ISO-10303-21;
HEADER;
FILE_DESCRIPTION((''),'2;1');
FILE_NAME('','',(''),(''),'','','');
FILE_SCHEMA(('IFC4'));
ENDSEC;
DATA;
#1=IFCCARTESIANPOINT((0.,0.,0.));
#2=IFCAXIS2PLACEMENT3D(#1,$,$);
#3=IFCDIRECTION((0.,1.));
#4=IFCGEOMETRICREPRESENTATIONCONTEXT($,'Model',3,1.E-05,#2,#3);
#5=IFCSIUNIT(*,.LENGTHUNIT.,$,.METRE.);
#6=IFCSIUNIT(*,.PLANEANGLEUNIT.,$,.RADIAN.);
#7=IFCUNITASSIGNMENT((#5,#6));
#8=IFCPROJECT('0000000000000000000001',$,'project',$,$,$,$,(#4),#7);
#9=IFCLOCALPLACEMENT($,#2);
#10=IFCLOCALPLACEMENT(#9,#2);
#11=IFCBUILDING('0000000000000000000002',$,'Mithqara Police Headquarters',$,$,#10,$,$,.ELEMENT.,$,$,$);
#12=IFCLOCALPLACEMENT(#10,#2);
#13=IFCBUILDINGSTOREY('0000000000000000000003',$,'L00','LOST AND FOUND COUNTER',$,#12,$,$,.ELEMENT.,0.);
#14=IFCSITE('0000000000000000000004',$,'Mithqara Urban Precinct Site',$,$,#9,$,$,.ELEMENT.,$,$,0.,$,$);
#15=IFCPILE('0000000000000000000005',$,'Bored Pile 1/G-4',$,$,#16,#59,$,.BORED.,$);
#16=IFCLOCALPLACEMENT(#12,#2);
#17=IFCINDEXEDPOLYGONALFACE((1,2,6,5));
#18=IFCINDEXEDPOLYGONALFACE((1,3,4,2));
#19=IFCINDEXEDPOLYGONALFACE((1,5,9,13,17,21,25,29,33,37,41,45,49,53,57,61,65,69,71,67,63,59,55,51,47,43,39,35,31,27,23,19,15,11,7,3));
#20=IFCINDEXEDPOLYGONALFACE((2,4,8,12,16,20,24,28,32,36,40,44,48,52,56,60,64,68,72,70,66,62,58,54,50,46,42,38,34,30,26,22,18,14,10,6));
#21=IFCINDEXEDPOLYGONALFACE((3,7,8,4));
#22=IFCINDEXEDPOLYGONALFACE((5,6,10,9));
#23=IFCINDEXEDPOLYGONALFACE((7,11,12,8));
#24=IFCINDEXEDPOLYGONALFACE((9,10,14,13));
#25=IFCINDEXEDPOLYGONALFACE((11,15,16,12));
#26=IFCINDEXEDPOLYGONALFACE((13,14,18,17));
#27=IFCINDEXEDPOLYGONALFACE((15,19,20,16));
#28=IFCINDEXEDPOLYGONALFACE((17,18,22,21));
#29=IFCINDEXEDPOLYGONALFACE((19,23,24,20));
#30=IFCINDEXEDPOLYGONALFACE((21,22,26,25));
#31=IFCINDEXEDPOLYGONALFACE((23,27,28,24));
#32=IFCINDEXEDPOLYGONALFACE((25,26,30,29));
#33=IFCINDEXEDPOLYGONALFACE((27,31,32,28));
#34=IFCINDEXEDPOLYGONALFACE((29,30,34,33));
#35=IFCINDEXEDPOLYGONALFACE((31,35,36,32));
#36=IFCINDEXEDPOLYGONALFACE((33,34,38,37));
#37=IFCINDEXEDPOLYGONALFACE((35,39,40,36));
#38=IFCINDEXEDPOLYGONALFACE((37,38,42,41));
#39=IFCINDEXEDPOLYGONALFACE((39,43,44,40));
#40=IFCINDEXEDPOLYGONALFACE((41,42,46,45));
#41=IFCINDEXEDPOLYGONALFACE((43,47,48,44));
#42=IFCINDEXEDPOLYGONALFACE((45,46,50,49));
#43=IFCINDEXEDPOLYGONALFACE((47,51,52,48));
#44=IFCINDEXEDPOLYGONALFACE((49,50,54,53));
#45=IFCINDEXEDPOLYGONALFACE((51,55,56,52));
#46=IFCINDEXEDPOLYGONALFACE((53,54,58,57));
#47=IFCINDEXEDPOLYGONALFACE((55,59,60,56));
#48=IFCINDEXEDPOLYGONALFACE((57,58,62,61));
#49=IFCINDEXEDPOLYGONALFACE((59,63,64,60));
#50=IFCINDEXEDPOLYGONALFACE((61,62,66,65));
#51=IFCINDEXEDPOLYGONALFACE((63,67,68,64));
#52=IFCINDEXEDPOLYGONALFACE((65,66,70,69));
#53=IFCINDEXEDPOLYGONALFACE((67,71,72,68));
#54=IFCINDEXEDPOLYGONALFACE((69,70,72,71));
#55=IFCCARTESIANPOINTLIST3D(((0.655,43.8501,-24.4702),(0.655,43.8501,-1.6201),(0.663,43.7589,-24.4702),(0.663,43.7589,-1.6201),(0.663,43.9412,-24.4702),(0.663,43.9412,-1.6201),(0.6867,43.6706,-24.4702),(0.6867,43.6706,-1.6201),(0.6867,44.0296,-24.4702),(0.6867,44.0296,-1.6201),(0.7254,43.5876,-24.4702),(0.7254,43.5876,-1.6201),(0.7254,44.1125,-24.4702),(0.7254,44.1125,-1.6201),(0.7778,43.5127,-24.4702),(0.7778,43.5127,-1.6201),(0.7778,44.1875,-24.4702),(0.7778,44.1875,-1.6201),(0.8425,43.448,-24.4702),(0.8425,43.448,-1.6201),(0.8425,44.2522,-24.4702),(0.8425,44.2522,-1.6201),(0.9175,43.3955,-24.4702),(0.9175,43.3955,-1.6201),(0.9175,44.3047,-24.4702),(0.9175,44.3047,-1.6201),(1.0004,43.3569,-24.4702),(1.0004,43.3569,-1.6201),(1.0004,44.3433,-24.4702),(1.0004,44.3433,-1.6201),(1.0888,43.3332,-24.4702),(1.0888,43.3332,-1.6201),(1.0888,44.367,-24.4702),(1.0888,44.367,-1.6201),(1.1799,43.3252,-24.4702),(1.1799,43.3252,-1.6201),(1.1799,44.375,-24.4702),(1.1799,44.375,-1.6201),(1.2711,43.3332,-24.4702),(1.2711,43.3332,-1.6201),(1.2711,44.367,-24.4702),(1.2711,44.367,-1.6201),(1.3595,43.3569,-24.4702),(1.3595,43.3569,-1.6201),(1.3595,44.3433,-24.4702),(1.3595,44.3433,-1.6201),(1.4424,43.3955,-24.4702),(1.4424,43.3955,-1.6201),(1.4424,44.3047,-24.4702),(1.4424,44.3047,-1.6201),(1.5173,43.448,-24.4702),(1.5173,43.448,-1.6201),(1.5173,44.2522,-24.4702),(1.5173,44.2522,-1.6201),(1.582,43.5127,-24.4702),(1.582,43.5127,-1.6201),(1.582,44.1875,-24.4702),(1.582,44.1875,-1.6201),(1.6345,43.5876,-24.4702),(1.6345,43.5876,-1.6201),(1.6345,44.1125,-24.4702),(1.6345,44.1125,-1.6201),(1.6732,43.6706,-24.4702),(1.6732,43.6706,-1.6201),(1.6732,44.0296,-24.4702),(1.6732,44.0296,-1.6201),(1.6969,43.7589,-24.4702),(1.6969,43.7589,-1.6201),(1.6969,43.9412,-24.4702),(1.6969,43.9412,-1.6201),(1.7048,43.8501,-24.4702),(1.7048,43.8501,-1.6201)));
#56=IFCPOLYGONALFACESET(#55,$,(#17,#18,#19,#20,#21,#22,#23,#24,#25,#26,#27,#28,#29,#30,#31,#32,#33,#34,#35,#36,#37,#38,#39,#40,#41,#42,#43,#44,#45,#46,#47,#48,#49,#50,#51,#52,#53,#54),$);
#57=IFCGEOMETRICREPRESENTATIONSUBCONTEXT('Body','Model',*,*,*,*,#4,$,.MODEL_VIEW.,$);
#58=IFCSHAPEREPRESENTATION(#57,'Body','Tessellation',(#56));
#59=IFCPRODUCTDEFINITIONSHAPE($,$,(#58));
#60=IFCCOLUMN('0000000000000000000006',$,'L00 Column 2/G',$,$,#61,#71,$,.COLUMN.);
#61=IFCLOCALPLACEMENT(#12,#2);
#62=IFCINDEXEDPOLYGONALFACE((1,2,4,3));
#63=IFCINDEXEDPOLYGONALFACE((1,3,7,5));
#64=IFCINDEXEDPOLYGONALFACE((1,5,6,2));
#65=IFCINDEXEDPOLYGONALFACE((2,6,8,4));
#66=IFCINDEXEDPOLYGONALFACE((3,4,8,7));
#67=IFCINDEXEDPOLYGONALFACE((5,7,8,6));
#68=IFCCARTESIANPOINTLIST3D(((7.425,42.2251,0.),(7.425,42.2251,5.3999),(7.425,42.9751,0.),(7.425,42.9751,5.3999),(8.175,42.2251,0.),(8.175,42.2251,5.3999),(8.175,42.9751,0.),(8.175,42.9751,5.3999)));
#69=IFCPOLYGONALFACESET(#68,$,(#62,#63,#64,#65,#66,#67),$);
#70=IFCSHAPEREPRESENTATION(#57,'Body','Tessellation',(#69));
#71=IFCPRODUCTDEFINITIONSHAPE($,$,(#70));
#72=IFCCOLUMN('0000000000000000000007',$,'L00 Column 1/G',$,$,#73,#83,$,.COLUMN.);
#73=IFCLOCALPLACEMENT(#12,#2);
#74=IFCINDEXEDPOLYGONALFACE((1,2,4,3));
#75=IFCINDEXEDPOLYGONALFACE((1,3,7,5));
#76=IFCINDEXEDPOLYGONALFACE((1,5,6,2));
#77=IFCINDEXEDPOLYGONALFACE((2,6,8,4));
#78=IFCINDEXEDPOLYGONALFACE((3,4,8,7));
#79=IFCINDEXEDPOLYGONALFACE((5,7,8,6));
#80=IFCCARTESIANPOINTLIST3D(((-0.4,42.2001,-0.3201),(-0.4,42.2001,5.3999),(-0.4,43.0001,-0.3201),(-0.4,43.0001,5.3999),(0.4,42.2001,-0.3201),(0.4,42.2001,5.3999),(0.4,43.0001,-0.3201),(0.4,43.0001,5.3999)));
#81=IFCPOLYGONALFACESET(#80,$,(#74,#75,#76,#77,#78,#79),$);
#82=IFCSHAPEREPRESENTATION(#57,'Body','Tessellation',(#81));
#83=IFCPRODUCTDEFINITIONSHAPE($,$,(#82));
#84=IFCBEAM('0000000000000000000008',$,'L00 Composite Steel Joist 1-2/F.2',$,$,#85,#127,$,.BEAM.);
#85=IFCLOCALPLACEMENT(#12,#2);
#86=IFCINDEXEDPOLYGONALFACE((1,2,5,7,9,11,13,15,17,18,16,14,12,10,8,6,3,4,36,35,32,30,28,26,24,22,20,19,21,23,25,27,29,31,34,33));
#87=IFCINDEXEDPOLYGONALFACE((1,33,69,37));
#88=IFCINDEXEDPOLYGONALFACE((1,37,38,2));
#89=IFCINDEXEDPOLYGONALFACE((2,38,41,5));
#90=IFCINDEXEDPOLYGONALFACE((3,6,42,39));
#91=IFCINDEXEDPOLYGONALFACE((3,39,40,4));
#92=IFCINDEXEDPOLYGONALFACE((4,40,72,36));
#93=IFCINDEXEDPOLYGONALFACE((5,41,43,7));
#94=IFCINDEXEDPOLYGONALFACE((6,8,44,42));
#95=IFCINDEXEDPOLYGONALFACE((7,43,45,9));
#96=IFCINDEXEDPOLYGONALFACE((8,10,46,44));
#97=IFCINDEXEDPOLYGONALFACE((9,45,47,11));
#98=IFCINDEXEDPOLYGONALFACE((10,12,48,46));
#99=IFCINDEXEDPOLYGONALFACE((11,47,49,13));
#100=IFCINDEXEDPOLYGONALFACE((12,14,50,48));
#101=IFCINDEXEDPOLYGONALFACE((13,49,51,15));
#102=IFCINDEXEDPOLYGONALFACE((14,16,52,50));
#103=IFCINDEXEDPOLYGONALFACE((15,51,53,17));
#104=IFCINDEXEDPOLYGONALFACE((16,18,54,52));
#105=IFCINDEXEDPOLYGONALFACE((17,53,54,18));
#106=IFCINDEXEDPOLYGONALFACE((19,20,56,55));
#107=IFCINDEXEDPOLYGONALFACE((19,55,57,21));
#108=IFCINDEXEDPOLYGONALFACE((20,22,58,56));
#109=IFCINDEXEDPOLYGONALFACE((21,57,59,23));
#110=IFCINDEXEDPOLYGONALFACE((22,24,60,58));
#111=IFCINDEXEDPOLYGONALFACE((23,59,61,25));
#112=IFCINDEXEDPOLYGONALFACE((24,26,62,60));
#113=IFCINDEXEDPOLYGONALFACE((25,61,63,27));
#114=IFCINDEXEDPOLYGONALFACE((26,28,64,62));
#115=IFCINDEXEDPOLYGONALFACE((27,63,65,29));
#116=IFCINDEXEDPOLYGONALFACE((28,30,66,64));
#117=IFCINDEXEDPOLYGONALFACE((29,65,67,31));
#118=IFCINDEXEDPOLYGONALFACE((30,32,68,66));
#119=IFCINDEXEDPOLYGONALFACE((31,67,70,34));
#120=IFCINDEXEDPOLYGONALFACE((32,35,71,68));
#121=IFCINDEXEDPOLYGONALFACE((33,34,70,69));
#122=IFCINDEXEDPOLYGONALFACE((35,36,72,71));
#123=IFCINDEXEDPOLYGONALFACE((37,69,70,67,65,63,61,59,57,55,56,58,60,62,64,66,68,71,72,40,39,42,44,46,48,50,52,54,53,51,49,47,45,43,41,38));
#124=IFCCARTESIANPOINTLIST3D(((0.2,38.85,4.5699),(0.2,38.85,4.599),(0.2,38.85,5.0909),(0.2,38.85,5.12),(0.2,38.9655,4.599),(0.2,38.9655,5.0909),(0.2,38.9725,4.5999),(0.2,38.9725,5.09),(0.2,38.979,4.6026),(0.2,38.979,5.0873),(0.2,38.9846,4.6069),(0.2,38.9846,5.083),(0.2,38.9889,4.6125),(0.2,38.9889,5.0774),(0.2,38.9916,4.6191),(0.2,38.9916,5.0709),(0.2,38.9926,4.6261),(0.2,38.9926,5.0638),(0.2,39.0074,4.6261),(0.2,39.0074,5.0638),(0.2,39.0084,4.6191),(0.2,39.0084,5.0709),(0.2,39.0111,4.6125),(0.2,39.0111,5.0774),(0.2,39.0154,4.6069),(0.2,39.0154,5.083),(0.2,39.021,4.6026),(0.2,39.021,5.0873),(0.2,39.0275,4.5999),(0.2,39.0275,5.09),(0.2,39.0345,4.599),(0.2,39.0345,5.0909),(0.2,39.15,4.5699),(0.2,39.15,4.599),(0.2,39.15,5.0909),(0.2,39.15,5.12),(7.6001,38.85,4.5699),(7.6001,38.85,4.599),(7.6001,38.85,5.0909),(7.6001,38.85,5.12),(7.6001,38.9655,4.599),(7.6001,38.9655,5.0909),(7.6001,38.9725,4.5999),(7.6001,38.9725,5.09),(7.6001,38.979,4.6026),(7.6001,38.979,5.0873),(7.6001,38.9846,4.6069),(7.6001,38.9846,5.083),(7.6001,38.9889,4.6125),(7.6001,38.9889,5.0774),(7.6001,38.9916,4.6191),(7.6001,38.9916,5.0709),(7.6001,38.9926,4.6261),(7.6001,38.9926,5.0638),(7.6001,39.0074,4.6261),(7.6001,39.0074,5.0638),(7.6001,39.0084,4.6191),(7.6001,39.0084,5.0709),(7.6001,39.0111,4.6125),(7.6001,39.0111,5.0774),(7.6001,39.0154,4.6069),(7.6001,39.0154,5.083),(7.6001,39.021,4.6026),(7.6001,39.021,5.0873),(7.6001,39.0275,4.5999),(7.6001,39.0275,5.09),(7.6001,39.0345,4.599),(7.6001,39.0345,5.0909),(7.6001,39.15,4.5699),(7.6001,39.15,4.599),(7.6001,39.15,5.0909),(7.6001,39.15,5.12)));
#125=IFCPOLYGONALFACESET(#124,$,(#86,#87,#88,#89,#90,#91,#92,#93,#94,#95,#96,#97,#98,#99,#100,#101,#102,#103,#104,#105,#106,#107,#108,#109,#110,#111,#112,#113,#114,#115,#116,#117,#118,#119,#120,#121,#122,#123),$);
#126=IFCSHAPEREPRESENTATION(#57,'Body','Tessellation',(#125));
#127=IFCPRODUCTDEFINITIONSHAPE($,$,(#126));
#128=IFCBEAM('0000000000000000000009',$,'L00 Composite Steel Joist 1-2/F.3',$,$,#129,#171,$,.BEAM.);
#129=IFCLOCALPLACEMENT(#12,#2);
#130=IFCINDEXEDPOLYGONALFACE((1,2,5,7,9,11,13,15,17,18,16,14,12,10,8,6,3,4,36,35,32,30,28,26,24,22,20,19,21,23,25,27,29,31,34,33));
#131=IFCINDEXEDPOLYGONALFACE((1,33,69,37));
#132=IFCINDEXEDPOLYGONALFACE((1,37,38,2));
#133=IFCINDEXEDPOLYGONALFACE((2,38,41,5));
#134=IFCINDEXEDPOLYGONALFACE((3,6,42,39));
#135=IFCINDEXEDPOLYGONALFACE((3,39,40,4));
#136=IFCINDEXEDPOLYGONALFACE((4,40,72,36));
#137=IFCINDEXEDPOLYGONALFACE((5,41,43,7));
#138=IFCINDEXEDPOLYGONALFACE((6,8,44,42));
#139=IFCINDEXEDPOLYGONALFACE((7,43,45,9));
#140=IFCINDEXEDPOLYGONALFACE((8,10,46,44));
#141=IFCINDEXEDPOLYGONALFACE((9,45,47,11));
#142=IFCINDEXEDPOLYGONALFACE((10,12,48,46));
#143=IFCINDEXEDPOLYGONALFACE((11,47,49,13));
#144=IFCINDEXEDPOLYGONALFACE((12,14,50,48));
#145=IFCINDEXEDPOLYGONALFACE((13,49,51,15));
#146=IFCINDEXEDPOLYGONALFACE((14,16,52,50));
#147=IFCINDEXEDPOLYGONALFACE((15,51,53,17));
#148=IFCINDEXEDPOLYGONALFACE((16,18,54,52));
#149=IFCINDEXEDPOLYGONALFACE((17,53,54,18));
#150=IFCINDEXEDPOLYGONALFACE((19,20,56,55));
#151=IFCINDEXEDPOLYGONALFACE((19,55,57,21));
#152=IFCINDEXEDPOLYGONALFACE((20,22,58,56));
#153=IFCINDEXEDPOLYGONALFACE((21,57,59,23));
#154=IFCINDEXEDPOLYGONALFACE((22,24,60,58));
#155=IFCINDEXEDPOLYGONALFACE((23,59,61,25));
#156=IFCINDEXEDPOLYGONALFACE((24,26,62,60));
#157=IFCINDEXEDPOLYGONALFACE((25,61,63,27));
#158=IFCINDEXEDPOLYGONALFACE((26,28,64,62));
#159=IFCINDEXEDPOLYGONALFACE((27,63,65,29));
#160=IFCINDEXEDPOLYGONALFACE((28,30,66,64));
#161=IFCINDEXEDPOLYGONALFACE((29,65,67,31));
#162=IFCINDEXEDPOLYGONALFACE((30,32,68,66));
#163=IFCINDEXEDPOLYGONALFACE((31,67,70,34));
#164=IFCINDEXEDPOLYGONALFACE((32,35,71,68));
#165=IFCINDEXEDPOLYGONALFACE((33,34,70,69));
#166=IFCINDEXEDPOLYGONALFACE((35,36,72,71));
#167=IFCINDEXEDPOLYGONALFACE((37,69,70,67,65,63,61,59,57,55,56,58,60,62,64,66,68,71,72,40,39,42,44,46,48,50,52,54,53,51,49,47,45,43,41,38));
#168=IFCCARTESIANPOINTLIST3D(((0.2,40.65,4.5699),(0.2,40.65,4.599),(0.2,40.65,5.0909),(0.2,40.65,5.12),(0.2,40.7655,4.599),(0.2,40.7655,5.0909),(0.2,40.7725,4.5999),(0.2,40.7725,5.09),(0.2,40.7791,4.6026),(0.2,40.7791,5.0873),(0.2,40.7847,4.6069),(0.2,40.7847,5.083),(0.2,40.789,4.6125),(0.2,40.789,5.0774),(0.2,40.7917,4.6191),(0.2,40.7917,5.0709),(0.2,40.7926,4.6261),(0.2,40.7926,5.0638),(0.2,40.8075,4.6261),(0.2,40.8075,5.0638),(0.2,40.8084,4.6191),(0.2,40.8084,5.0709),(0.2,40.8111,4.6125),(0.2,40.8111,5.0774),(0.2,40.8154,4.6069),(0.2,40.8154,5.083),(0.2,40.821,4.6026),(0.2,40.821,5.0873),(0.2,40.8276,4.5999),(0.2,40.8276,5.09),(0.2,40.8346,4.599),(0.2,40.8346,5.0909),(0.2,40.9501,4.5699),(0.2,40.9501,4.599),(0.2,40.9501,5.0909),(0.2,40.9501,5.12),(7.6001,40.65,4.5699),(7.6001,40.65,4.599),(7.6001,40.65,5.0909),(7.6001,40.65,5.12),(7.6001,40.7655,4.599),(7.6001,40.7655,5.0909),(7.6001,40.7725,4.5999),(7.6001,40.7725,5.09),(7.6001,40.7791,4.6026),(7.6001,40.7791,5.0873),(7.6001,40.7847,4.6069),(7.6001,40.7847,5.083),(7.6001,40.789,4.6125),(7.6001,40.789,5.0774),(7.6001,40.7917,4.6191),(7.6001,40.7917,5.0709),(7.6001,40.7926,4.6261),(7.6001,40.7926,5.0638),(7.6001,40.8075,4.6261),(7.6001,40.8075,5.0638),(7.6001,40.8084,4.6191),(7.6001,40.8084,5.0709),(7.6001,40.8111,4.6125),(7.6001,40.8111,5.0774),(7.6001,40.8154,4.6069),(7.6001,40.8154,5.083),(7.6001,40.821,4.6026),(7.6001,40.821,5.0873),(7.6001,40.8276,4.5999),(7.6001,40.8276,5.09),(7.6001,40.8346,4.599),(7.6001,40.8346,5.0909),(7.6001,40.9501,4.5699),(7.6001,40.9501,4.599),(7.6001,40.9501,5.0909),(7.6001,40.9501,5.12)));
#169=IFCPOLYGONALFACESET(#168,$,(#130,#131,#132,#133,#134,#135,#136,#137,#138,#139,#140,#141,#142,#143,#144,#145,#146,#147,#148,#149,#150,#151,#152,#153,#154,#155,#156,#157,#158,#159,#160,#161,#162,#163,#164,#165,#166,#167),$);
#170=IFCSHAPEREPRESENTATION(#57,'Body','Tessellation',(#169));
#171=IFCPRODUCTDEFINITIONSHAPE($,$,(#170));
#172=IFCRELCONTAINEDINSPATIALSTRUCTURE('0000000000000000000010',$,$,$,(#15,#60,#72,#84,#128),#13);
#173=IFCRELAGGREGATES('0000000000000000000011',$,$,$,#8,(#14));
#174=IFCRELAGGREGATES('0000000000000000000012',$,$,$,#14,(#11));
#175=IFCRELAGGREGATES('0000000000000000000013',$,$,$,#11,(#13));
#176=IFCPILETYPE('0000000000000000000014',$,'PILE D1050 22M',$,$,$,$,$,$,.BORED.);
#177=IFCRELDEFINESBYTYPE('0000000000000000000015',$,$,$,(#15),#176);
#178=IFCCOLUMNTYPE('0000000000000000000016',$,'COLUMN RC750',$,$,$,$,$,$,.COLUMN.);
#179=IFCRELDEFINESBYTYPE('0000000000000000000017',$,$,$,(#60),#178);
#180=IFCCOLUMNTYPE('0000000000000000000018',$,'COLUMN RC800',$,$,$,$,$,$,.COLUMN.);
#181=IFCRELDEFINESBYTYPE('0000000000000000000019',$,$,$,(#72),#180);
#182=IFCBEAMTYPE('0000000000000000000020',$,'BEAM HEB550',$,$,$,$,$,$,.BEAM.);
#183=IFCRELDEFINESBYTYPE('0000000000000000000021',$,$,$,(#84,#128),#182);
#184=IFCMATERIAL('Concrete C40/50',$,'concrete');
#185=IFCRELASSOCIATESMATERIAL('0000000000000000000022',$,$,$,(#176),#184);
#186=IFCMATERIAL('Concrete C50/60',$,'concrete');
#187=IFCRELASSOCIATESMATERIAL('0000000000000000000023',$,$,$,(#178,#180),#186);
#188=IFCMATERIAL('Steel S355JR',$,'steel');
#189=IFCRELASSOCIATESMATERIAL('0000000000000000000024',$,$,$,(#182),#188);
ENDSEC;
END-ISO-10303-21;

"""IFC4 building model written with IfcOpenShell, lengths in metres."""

from ifc_helpers import new_model, si_unit, direction, frame, origin, origin_2d, place, context, subcontext, project, spatial, rectangle, circle, i_section, extrude, material, material_profile, profile_set, type_object, element, save


model = new_model("IFC4")

# Units and contexts
model_context = context("Model", 3, precision=1e-05, world=origin(), true_north=direction((0.0, 1.0)))
body_context = subcontext(model_context, "Body", "Model", "MODEL_VIEW")
ifc_project = project(units=[si_unit("LENGTHUNIT", "METRE"), si_unit("PLANEANGLEUNIT", "RADIAN")], contexts=[model_context])

# Site, building, storey
site_placement = place(None, origin())
site = spatial("IfcSite", under=ifc_project, at=site_placement, Name="Mithqara Urban Precinct Site", CompositionType="ELEMENT", RefElevation=0.0)
building_placement = place(site_placement, origin())
building = spatial("IfcBuilding", under=site, at=building_placement, Name="Mithqara Police Headquarters", CompositionType="ELEMENT")
storey_placement = place(building_placement, origin())
storey = spatial("IfcBuildingStorey", under=building, at=storey_placement, Name="L00", Description="LOST AND FOUND COUNTER", CompositionType="ELEMENT", Elevation=0.0)

# Shared definitions
ifc_material_1 = material(Name="Concrete C40/50", Category="concrete")

# Pile
ifc_material_profile_1 = material_profile(ifc_material_1, circle(Radius=0.5249, at=origin_2d()), Name="PILE D1050")
ifc_profile_set_1 = profile_set([ifc_material_profile_1], Name="Concrete C40/50")
pile_type = type_object("IfcPileType", Name="PILE D1050 22M", PredefinedType="BORED", material=ifc_profile_set_1)
for number, where, z_axis, x_axis, name in (
    (1, (1.1799, 43.8501, -1.6201), (0.0, 0.0, -1.0), (1.0, 0.0, 0.0), "Bored Pile 1/G-4"),
):
    element("IfcPile", number, at=place(storey_placement, frame(where, z_axis=z_axis, x_axis=x_axis)), inside=storey, type_object=pile_type, Name=name, PredefinedType="BORED", context=body_context, shape_type="SweptSolid", body=[
        extrude(circle(Radius=0.5249, at=origin_2d()), origin(), (0.0, 0.0, 1.0), 22.8501),
    ])

# Columns
ifc_material_2 = material(Name="Concrete C50/60", Category="concrete")
ifc_material_profile_2 = material_profile(ifc_material_2, rectangle(XDim=0.75, YDim=0.75, at=origin_2d()), Name="RC 750x750")
ifc_profile_set_2 = profile_set([ifc_material_profile_2], Name="Concrete C50/60")
column_type_1 = type_object("IfcColumnType", Name="COLUMN RC750", PredefinedType="COLUMN", material=ifc_profile_set_2)
column_1_placement = place(storey_placement, frame((7.8, 42.6001, 0.0), z_axis=(0.0, 0.0, 1.0), x_axis=(1.0, 0.0, 0.0)))
element("IfcColumn", 2, at=column_1_placement, inside=storey, type_object=column_type_1, Name="L00 Column 2/G", PredefinedType="COLUMN", context=body_context, shape_type="SweptSolid", body=[
    extrude(rectangle(XDim=0.75, YDim=0.75, at=origin_2d()), origin(), (0.0, 0.0, 1.0), 5.3999),
])
ifc_material_profile_3 = material_profile(ifc_material_2, rectangle(XDim=0.8, YDim=0.8, at=origin_2d()), Name="RC 800x800")
ifc_profile_set_3 = profile_set([ifc_material_profile_3], Name="Concrete C50/60")
column_type_2 = type_object("IfcColumnType", Name="COLUMN RC800", PredefinedType="COLUMN", material=ifc_profile_set_3)
column_2_placement = place(storey_placement, frame((0.0, 42.6001, -0.3201), z_axis=(0.0, 0.0, 1.0), x_axis=(1.0, 0.0, 0.0)))
element("IfcColumn", 3, at=column_2_placement, inside=storey, type_object=column_type_2, Name="L00 Column 1/G", PredefinedType="COLUMN", context=body_context, shape_type="SweptSolid", body=[
    extrude(rectangle(XDim=0.8, YDim=0.8, at=origin_2d()), origin(), (0.0, 0.0, 1.0), 5.72),
])

# Beams
ifc_material_3 = material(Name="Steel S355JR", Category="steel")
ifc_material_profile_4 = material_profile(ifc_material_3, i_section(OverallWidth=0.3, OverallDepth=0.55, WebThickness=0.0149, FlangeThickness=0.0291, FilletRadius=0.0271, at=origin_2d()), Name="HEB 550")
ifc_profile_set_4 = profile_set([ifc_material_profile_4], Name="Steel S355JR")
beam_type_1 = type_object("IfcBeamType", Name="BEAM HEB550", PredefinedType="BEAM", material=ifc_profile_set_4)
for number, where, z_axis, x_axis, name in (
    (4, (0.2, 39.0, 4.845), (1.0, 0.0, 0.0), (0.0, 1.0, 0.0), "L00 Composite Steel Joist 1-2/F.2"),
    (5, (0.2, 40.8, 4.845), (1.0, 0.0, 0.0), (0.0, 1.0, 0.0), "L00 Composite Steel Joist 1-2/F.3"),
):
    element("IfcBeam", number, at=place(storey_placement, frame(where, z_axis=z_axis, x_axis=x_axis)), inside=storey, type_object=beam_type_1, Name=name, PredefinedType="BEAM", context=body_context, shape_type="SweptSolid", body=[
        extrude(i_section(OverallWidth=0.3, OverallDepth=0.55, WebThickness=0.0149, FlangeThickness=0.0291, FilletRadius=0.0271, at=origin_2d()), origin(), (0.0, 0.0, 1.0), 7.4001),
    ])

save(model, "model.ifc")
